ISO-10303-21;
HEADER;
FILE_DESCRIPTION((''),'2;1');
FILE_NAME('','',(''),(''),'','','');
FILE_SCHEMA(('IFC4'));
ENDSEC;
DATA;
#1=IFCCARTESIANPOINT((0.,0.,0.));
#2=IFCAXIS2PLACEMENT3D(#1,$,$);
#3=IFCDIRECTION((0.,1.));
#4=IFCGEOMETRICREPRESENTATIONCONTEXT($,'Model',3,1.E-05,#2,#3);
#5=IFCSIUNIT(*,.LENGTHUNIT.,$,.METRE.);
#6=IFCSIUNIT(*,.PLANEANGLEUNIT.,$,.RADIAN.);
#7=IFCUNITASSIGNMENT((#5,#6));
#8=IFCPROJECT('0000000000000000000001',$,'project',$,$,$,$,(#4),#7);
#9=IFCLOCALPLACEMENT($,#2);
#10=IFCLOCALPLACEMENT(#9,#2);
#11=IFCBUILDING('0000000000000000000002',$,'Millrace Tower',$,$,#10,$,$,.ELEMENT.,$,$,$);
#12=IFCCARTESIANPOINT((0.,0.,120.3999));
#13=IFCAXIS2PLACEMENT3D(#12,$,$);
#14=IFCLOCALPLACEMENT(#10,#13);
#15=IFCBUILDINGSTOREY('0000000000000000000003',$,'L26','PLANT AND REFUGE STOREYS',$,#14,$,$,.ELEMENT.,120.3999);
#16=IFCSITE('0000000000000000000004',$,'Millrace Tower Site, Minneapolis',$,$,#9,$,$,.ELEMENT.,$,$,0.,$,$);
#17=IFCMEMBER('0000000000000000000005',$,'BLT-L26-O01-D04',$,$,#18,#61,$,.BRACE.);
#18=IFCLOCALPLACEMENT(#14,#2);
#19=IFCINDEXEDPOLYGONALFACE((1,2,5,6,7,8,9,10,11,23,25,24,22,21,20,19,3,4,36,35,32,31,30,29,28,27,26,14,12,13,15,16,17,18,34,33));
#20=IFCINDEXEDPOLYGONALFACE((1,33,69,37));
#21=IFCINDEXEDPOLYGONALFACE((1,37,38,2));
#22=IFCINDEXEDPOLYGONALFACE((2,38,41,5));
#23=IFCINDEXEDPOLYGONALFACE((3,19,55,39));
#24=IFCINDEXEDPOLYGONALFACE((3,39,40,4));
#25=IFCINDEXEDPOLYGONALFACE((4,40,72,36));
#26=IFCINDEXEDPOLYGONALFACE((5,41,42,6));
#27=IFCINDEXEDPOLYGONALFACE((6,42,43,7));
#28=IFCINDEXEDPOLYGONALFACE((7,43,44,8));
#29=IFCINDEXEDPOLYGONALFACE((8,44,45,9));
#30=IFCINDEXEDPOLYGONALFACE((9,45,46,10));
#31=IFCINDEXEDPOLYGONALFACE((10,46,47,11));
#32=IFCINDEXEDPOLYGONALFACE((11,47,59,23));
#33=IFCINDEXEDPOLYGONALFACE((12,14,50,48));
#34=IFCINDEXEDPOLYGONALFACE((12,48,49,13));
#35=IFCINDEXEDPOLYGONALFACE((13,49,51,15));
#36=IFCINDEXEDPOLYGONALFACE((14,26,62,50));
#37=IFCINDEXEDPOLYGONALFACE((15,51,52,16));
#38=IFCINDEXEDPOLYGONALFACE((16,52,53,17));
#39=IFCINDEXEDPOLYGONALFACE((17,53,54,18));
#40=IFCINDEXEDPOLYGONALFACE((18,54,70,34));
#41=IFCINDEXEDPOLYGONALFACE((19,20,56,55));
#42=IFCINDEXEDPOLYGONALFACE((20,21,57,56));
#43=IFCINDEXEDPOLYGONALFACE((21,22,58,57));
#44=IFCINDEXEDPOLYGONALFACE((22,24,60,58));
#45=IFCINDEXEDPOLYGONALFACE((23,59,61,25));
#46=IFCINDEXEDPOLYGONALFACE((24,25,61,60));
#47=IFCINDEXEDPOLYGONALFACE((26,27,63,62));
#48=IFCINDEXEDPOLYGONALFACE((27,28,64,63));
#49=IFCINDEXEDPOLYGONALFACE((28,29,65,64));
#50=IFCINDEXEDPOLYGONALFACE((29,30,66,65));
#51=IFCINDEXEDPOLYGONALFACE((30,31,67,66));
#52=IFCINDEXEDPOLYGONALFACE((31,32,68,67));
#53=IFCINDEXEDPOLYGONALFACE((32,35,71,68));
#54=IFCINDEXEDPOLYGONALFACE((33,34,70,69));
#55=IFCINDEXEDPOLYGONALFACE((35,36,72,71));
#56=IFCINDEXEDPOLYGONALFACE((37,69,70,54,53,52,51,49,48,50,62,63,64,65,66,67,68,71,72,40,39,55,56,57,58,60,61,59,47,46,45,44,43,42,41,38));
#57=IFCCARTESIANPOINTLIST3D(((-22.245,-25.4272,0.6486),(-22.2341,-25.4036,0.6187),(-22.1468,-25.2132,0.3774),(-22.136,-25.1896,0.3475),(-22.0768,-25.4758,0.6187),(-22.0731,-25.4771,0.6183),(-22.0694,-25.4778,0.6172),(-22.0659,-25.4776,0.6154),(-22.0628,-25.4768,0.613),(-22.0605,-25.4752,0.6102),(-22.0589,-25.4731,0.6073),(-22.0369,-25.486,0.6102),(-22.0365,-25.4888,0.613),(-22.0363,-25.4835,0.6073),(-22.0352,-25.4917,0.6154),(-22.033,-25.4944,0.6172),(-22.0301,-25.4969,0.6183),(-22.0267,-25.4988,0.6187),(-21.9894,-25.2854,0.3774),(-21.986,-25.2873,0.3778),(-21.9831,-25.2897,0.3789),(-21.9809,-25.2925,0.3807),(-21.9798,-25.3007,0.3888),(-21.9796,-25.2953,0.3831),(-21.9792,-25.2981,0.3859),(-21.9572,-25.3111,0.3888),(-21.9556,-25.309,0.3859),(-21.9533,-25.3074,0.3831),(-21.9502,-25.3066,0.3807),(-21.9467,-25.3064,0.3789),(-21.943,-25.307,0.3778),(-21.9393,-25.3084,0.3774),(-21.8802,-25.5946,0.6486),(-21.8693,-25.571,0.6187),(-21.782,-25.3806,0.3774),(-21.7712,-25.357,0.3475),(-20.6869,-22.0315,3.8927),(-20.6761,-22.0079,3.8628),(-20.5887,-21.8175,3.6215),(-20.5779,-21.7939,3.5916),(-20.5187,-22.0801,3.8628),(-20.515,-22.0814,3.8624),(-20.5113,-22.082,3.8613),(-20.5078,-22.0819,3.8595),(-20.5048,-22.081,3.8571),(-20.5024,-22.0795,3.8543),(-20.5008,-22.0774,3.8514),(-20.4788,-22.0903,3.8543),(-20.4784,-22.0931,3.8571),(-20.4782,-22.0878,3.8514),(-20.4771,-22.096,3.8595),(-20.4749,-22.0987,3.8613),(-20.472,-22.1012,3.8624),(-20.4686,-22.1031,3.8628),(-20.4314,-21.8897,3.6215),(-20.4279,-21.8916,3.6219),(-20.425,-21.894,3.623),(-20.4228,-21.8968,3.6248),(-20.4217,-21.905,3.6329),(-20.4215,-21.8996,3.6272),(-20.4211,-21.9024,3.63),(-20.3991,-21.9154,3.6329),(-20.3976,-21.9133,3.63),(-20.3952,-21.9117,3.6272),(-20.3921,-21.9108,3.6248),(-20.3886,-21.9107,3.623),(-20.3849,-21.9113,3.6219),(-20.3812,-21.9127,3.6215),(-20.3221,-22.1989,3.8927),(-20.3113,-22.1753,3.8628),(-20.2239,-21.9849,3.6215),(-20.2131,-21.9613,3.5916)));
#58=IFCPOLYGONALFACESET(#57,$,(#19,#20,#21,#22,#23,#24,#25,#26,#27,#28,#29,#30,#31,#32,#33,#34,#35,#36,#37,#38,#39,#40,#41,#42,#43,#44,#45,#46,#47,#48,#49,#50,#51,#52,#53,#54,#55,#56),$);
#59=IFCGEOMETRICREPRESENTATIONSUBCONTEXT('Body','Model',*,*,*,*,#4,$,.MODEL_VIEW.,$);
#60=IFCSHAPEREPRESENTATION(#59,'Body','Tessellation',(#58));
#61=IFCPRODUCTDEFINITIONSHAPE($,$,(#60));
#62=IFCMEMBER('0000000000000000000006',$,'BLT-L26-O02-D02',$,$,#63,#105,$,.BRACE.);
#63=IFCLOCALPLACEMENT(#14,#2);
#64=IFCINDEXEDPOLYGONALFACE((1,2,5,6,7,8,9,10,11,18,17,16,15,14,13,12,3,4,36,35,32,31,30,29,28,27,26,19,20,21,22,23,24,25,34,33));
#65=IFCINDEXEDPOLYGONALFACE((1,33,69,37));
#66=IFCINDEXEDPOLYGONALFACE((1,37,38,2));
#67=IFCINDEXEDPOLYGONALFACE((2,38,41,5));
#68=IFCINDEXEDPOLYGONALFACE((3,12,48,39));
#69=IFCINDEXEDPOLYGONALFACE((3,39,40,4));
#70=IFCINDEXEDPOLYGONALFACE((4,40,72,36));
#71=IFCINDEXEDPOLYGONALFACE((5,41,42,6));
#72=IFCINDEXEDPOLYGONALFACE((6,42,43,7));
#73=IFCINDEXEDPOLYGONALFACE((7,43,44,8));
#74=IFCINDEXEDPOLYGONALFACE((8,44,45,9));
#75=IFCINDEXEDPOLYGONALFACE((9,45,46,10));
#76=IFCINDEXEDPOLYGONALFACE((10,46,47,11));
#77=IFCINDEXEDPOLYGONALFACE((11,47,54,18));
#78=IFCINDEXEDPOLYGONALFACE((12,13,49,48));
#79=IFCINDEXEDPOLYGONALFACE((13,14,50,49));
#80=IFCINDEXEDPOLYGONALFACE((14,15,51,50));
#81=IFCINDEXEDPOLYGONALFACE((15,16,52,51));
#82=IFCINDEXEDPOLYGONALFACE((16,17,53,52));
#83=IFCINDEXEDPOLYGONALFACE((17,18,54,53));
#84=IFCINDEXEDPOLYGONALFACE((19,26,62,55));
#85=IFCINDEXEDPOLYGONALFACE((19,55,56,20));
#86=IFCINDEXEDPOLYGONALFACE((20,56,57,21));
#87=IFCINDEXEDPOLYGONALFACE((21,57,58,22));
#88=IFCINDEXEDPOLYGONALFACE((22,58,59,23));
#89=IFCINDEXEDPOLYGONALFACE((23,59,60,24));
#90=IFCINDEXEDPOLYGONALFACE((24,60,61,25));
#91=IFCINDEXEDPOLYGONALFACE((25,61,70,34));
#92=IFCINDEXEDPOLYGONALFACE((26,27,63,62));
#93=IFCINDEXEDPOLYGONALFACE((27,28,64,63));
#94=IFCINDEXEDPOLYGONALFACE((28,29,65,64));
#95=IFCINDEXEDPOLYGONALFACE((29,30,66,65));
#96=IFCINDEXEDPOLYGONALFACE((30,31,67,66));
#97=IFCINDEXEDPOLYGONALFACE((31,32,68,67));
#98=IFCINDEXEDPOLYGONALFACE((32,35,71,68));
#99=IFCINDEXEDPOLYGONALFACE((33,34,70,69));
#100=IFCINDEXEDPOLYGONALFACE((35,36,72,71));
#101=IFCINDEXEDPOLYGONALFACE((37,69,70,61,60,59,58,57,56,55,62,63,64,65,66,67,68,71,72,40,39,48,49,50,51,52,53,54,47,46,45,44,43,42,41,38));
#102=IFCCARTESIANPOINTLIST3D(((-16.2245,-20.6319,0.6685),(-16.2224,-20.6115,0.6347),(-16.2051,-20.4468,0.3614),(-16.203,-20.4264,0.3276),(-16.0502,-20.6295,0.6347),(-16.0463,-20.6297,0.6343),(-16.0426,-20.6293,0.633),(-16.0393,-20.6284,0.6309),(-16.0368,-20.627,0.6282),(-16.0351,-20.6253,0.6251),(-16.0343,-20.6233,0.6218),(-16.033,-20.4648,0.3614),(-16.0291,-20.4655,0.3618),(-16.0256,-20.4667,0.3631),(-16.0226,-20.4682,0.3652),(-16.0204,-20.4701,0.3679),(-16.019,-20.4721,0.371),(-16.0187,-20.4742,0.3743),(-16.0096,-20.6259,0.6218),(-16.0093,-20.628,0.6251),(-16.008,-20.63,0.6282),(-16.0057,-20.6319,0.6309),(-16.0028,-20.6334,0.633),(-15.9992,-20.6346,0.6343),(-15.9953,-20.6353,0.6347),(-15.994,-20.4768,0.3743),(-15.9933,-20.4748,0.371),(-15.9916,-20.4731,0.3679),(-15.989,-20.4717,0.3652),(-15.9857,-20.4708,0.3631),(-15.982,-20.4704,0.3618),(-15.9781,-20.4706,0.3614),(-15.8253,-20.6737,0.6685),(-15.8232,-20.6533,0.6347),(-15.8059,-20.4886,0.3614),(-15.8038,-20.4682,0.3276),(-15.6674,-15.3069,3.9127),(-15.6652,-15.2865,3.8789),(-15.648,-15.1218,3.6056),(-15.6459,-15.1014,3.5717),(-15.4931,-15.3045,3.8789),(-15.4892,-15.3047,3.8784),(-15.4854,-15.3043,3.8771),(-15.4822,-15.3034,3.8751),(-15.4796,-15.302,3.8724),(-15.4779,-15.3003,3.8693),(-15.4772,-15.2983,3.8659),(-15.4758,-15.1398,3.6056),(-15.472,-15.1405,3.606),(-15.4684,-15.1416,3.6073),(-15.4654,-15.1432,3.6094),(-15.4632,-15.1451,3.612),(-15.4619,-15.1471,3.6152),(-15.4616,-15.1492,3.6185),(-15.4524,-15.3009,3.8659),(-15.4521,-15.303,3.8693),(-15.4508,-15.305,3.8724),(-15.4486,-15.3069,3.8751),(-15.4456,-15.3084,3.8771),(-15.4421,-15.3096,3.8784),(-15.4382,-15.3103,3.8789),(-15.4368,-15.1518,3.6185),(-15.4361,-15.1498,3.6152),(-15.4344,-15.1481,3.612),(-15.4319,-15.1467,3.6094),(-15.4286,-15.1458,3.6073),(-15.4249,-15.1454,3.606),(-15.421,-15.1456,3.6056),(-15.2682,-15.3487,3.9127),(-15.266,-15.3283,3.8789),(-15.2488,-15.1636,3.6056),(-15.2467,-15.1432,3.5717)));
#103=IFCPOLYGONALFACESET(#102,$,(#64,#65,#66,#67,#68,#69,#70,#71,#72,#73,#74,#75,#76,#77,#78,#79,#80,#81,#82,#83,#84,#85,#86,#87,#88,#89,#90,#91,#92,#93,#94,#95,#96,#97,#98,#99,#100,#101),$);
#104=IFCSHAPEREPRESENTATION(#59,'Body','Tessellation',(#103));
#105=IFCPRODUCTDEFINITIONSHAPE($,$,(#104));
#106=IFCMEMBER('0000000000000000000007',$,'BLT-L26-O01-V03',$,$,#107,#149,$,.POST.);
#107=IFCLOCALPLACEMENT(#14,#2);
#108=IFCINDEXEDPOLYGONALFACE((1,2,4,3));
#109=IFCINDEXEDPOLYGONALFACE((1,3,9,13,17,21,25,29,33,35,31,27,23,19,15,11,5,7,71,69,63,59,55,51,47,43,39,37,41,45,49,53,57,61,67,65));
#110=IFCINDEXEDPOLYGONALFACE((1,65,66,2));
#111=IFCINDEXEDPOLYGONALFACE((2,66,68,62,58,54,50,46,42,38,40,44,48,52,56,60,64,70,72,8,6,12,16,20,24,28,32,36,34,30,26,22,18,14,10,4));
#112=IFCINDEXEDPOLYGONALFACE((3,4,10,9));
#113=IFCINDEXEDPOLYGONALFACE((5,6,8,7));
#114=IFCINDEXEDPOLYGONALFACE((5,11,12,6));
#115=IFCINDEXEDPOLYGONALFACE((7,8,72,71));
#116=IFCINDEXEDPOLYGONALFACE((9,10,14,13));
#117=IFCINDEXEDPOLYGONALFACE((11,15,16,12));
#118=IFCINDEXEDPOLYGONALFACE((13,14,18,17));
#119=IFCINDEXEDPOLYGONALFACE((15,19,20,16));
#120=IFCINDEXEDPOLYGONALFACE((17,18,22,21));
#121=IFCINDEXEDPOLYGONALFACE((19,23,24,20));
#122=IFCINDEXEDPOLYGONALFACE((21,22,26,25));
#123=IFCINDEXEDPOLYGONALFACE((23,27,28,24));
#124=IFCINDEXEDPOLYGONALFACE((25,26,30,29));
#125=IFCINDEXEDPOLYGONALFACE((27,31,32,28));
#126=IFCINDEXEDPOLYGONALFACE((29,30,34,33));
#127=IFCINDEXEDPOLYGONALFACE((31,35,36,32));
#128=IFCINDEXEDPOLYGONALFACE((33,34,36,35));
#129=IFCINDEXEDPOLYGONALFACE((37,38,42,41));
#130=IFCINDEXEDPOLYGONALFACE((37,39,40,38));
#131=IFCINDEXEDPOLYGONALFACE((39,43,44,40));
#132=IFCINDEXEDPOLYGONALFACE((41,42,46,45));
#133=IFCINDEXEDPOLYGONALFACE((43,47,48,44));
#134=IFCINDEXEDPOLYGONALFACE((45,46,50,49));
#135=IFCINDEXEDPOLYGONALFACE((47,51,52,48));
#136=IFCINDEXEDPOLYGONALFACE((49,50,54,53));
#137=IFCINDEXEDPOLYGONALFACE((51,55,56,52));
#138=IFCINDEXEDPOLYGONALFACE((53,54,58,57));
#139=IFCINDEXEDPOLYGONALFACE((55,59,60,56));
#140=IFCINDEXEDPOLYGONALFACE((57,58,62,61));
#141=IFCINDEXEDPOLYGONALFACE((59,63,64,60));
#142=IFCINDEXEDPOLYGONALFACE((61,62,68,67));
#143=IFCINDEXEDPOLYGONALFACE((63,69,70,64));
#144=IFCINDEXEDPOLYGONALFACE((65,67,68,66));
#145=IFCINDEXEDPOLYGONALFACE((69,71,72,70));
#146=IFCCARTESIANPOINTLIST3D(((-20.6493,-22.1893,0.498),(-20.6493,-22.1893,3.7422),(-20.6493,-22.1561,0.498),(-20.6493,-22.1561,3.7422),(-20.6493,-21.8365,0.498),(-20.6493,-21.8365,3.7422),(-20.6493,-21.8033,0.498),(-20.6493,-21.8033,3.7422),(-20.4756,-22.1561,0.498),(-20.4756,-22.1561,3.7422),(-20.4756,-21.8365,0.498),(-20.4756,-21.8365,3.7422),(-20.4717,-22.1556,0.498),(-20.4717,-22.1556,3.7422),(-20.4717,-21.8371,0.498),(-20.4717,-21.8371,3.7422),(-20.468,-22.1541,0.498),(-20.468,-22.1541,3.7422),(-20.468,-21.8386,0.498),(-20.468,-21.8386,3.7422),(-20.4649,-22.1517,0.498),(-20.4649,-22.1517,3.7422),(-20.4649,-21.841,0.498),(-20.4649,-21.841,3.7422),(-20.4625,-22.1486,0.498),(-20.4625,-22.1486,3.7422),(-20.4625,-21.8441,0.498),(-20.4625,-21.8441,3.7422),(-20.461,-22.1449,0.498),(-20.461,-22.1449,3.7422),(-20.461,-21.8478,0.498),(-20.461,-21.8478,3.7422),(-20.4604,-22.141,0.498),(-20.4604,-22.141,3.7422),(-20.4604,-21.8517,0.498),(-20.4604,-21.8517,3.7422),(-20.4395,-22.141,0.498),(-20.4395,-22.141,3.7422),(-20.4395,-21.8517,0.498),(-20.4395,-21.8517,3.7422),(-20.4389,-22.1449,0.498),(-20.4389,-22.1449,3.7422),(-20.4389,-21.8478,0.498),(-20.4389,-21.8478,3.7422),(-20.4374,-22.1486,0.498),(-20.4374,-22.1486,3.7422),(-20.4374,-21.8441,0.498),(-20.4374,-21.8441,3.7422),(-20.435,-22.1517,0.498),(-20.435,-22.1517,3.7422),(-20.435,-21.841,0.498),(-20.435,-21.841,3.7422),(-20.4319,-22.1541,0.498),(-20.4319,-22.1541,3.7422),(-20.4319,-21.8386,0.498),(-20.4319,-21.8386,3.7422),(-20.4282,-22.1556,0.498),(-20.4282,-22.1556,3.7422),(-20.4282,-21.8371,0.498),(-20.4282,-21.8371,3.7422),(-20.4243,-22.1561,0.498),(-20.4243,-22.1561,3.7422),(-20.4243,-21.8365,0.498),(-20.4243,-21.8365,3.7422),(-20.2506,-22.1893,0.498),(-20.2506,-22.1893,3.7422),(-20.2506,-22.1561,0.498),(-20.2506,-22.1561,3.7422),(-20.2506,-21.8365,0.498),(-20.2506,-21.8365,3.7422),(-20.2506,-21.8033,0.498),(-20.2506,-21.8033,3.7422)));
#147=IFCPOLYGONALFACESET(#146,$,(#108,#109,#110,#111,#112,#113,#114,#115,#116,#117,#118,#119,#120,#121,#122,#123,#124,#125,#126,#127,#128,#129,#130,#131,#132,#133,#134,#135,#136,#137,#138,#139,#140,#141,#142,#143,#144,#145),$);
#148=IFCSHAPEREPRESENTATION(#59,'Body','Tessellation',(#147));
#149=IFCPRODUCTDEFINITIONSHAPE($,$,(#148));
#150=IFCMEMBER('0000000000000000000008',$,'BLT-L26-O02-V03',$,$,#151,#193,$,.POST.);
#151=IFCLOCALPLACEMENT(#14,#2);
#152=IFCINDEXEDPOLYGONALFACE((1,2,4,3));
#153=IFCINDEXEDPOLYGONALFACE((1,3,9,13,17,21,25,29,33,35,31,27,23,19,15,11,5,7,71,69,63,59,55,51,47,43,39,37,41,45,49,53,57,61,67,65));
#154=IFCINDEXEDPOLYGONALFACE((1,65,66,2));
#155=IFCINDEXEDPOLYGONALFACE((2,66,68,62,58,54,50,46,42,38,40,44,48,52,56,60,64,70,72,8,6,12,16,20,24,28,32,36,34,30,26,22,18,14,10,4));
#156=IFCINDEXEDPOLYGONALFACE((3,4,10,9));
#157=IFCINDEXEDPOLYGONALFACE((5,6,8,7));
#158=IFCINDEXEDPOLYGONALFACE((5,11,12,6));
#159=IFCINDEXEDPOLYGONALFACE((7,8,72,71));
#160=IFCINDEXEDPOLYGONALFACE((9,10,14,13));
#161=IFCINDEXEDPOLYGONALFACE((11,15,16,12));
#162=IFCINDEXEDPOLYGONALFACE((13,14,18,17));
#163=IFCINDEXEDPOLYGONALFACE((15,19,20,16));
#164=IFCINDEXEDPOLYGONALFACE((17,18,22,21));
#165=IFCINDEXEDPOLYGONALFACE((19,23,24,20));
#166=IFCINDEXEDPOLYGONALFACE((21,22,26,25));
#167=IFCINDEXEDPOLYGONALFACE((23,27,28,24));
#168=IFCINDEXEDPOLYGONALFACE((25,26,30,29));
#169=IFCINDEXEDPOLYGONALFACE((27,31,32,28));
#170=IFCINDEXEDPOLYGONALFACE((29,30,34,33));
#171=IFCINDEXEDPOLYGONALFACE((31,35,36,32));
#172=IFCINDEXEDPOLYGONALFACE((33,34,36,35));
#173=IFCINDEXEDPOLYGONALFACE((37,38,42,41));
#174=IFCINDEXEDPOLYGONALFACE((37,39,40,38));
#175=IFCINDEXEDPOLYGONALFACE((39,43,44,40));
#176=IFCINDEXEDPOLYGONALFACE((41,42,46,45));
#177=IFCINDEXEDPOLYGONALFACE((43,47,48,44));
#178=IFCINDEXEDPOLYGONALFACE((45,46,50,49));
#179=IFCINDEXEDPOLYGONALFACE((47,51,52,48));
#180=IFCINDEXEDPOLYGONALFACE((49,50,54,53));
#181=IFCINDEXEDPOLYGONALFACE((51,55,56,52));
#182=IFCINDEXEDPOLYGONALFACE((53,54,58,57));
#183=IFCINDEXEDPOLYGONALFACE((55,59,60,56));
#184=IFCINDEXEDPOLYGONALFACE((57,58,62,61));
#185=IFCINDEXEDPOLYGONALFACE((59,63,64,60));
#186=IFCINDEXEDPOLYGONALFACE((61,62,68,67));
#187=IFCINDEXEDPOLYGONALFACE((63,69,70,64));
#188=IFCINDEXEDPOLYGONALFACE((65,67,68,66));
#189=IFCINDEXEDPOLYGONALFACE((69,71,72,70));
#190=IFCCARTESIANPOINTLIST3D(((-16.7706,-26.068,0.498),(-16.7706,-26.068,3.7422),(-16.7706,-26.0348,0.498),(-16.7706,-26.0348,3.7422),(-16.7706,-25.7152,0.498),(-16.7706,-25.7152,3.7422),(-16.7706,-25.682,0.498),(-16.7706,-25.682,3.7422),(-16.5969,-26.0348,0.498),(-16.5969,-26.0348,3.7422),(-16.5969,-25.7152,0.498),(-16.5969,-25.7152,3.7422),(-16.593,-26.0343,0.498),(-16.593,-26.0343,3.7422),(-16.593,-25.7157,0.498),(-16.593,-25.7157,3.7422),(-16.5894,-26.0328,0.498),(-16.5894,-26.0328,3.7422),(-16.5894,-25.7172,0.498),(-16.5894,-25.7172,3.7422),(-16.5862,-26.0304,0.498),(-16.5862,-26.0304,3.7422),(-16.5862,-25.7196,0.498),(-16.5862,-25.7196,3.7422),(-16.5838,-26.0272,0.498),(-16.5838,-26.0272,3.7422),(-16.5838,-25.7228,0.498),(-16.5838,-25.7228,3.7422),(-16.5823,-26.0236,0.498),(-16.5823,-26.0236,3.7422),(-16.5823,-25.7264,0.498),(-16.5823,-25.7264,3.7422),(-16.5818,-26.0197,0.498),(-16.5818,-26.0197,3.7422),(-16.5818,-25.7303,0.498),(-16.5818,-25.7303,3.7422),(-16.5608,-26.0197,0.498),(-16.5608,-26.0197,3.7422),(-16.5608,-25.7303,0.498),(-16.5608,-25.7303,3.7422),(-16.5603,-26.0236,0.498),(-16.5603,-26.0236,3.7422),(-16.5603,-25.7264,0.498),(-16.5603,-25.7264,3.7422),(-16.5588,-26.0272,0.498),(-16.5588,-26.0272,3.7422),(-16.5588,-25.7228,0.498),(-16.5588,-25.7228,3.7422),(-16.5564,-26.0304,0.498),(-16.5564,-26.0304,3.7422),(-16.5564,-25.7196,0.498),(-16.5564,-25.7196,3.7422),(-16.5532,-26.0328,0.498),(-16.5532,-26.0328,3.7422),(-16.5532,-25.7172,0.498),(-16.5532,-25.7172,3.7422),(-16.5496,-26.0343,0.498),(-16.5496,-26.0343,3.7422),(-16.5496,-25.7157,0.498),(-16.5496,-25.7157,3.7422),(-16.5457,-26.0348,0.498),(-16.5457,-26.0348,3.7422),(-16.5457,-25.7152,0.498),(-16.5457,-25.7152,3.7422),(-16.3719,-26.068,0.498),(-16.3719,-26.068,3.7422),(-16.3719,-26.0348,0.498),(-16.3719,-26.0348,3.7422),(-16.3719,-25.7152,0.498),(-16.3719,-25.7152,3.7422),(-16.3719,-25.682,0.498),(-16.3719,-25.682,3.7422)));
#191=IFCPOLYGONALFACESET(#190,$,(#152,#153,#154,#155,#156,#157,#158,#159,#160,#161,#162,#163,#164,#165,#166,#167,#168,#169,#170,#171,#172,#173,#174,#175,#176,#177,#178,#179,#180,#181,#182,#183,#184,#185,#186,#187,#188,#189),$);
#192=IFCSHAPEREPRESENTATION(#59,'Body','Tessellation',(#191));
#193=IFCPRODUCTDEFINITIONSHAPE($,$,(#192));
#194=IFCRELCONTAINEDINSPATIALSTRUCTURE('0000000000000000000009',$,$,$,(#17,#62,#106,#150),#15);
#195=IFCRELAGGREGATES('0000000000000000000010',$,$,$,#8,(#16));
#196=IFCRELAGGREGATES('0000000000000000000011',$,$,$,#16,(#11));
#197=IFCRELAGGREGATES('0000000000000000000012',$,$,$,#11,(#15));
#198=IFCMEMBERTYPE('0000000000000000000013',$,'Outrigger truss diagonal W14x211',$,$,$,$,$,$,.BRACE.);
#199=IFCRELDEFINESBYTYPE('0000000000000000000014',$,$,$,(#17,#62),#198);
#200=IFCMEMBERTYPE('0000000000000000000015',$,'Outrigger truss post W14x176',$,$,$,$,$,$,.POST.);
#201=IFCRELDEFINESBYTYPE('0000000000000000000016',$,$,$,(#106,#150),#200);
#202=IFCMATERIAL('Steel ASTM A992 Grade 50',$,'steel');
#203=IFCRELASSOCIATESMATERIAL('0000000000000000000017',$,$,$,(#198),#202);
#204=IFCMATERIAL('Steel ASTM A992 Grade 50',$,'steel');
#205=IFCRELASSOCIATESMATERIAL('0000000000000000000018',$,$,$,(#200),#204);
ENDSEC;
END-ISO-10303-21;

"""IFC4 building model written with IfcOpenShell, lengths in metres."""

from ifc_helpers import new_model, si_unit, direction, frame, origin, origin_2d, place, context, subcontext, project, spatial, i_section, extrude, material, material_profile, profile_set, type_object, element, save


model = new_model("IFC4")

# Units and contexts
model_context = context("Model", 3, precision=1e-05, world=origin(), true_north=direction((0.0, 1.0)))
body_context = subcontext(model_context, "Body", "Model", "MODEL_VIEW")
ifc_project = project(units=[si_unit("LENGTHUNIT", "METRE"), si_unit("PLANEANGLEUNIT", "RADIAN")], contexts=[model_context])

# Site, building, storey
site_placement = place(None, origin())
site = spatial("IfcSite", under=ifc_project, at=site_placement, Name="Millrace Tower Site, Minneapolis", CompositionType="ELEMENT", RefElevation=0.0)
building_placement = place(site_placement, origin())
building = spatial("IfcBuilding", under=site, at=building_placement, Name="Millrace Tower", CompositionType="ELEMENT")
storey_placement = place(building_placement, frame((0.0, 0.0, 120.3999)))
storey = spatial("IfcBuildingStorey", under=building, at=storey_placement, Name="L26", Description="PLANT AND REFUGE STOREYS", CompositionType="ELEMENT", Elevation=120.3999)

# Members
ifc_material_1 = material(Name="Steel ASTM A992 Grade 50", Category="steel")
ifc_material_profile_1 = material_profile(ifc_material_1, i_section(OverallWidth=0.4014, OverallDepth=0.3987, WebThickness=0.0249, FlangeThickness=0.0396, FilletRadius=0.0151, at=origin_2d()))
ifc_profile_set_1 = profile_set([ifc_material_profile_1], Name="Steel ASTM A992 Grade 50")
member_type_1 = type_object("IfcMemberType", Name="Outrigger truss diagonal W14x211", PredefinedType="BRACE", material=ifc_profile_set_1)
member_1_placement = place(storey_placement, frame((-22.0081, -25.3921, 0.498), z_axis=(0.314892, 0.68628, 0.655639), x_axis=(-0.90889, 0.417035, 0.0)))
element("IfcMember", 1, at=member_1_placement, inside=storey, type_object=member_type_1, Name="BLT-L26-O01-D04", PredefinedType="BRACE", context=body_context, shape_type="SweptSolid", body=[
    extrude(i_section(OverallWidth=0.4014, OverallDepth=0.3987, WebThickness=0.0249, FlangeThickness=0.0396, FilletRadius=0.0151, at=origin_2d()), origin(), (0.0, 0.0, 1.0), 4.948),
])
member_2_placement = place(storey_placement, frame((-16.0142, -20.55, 0.498), z_axis=(0.088996, 0.850606, 0.518218), x_axis=(-0.994571, 0.104058, 0.0)))
element("IfcMember", 2, at=member_2_placement, inside=storey, type_object=member_type_1, Name="BLT-L26-O02-D02", PredefinedType="BRACE", context=body_context, shape_type="SweptSolid", body=[
    extrude(i_section(OverallWidth=0.4014, OverallDepth=0.3987, WebThickness=0.0249, FlangeThickness=0.0396, FilletRadius=0.0151, at=origin_2d()), origin(), (0.0, 0.0, 1.0), 6.2603),
])
ifc_material_2 = material(Name="Steel ASTM A992 Grade 50", Category="steel")
ifc_material_profile_2 = material_profile(ifc_material_2, i_section(OverallWidth=0.3987, OverallDepth=0.386, WebThickness=0.021, FlangeThickness=0.0332, FilletRadius=0.0151, at=origin_2d()))
ifc_profile_set_2 = profile_set([ifc_material_profile_2], Name="Steel ASTM A992 Grade 50")
member_type_2 = type_object("IfcMemberType", Name="Outrigger truss post W14x176", PredefinedType="POST", material=ifc_profile_set_2)
for number, where, z_axis, x_axis, name in (
    (3, (-20.45, -21.9963, 0.498), (0.0, 0.0, 1.0), (1.0, 0.0, 0.0), "BLT-L26-O01-V03"),
    (4, (-16.5713, -25.875, 0.498), (0.0, 0.0, 1.0), (1.0, 0.0, 0.0), "BLT-L26-O02-V03"),
):
    element("IfcMember", number, at=place(storey_placement, frame(where, z_axis=z_axis, x_axis=x_axis)), inside=storey, type_object=member_type_2, Name=name, PredefinedType="POST", context=body_context, shape_type="SweptSolid", body=[
        extrude(i_section(OverallWidth=0.3987, OverallDepth=0.386, WebThickness=0.021, FlangeThickness=0.0332, FilletRadius=0.0151, at=origin_2d()), origin(), (0.0, 0.0, 1.0), 3.2441),
    ])

save(model, "model.ifc")
